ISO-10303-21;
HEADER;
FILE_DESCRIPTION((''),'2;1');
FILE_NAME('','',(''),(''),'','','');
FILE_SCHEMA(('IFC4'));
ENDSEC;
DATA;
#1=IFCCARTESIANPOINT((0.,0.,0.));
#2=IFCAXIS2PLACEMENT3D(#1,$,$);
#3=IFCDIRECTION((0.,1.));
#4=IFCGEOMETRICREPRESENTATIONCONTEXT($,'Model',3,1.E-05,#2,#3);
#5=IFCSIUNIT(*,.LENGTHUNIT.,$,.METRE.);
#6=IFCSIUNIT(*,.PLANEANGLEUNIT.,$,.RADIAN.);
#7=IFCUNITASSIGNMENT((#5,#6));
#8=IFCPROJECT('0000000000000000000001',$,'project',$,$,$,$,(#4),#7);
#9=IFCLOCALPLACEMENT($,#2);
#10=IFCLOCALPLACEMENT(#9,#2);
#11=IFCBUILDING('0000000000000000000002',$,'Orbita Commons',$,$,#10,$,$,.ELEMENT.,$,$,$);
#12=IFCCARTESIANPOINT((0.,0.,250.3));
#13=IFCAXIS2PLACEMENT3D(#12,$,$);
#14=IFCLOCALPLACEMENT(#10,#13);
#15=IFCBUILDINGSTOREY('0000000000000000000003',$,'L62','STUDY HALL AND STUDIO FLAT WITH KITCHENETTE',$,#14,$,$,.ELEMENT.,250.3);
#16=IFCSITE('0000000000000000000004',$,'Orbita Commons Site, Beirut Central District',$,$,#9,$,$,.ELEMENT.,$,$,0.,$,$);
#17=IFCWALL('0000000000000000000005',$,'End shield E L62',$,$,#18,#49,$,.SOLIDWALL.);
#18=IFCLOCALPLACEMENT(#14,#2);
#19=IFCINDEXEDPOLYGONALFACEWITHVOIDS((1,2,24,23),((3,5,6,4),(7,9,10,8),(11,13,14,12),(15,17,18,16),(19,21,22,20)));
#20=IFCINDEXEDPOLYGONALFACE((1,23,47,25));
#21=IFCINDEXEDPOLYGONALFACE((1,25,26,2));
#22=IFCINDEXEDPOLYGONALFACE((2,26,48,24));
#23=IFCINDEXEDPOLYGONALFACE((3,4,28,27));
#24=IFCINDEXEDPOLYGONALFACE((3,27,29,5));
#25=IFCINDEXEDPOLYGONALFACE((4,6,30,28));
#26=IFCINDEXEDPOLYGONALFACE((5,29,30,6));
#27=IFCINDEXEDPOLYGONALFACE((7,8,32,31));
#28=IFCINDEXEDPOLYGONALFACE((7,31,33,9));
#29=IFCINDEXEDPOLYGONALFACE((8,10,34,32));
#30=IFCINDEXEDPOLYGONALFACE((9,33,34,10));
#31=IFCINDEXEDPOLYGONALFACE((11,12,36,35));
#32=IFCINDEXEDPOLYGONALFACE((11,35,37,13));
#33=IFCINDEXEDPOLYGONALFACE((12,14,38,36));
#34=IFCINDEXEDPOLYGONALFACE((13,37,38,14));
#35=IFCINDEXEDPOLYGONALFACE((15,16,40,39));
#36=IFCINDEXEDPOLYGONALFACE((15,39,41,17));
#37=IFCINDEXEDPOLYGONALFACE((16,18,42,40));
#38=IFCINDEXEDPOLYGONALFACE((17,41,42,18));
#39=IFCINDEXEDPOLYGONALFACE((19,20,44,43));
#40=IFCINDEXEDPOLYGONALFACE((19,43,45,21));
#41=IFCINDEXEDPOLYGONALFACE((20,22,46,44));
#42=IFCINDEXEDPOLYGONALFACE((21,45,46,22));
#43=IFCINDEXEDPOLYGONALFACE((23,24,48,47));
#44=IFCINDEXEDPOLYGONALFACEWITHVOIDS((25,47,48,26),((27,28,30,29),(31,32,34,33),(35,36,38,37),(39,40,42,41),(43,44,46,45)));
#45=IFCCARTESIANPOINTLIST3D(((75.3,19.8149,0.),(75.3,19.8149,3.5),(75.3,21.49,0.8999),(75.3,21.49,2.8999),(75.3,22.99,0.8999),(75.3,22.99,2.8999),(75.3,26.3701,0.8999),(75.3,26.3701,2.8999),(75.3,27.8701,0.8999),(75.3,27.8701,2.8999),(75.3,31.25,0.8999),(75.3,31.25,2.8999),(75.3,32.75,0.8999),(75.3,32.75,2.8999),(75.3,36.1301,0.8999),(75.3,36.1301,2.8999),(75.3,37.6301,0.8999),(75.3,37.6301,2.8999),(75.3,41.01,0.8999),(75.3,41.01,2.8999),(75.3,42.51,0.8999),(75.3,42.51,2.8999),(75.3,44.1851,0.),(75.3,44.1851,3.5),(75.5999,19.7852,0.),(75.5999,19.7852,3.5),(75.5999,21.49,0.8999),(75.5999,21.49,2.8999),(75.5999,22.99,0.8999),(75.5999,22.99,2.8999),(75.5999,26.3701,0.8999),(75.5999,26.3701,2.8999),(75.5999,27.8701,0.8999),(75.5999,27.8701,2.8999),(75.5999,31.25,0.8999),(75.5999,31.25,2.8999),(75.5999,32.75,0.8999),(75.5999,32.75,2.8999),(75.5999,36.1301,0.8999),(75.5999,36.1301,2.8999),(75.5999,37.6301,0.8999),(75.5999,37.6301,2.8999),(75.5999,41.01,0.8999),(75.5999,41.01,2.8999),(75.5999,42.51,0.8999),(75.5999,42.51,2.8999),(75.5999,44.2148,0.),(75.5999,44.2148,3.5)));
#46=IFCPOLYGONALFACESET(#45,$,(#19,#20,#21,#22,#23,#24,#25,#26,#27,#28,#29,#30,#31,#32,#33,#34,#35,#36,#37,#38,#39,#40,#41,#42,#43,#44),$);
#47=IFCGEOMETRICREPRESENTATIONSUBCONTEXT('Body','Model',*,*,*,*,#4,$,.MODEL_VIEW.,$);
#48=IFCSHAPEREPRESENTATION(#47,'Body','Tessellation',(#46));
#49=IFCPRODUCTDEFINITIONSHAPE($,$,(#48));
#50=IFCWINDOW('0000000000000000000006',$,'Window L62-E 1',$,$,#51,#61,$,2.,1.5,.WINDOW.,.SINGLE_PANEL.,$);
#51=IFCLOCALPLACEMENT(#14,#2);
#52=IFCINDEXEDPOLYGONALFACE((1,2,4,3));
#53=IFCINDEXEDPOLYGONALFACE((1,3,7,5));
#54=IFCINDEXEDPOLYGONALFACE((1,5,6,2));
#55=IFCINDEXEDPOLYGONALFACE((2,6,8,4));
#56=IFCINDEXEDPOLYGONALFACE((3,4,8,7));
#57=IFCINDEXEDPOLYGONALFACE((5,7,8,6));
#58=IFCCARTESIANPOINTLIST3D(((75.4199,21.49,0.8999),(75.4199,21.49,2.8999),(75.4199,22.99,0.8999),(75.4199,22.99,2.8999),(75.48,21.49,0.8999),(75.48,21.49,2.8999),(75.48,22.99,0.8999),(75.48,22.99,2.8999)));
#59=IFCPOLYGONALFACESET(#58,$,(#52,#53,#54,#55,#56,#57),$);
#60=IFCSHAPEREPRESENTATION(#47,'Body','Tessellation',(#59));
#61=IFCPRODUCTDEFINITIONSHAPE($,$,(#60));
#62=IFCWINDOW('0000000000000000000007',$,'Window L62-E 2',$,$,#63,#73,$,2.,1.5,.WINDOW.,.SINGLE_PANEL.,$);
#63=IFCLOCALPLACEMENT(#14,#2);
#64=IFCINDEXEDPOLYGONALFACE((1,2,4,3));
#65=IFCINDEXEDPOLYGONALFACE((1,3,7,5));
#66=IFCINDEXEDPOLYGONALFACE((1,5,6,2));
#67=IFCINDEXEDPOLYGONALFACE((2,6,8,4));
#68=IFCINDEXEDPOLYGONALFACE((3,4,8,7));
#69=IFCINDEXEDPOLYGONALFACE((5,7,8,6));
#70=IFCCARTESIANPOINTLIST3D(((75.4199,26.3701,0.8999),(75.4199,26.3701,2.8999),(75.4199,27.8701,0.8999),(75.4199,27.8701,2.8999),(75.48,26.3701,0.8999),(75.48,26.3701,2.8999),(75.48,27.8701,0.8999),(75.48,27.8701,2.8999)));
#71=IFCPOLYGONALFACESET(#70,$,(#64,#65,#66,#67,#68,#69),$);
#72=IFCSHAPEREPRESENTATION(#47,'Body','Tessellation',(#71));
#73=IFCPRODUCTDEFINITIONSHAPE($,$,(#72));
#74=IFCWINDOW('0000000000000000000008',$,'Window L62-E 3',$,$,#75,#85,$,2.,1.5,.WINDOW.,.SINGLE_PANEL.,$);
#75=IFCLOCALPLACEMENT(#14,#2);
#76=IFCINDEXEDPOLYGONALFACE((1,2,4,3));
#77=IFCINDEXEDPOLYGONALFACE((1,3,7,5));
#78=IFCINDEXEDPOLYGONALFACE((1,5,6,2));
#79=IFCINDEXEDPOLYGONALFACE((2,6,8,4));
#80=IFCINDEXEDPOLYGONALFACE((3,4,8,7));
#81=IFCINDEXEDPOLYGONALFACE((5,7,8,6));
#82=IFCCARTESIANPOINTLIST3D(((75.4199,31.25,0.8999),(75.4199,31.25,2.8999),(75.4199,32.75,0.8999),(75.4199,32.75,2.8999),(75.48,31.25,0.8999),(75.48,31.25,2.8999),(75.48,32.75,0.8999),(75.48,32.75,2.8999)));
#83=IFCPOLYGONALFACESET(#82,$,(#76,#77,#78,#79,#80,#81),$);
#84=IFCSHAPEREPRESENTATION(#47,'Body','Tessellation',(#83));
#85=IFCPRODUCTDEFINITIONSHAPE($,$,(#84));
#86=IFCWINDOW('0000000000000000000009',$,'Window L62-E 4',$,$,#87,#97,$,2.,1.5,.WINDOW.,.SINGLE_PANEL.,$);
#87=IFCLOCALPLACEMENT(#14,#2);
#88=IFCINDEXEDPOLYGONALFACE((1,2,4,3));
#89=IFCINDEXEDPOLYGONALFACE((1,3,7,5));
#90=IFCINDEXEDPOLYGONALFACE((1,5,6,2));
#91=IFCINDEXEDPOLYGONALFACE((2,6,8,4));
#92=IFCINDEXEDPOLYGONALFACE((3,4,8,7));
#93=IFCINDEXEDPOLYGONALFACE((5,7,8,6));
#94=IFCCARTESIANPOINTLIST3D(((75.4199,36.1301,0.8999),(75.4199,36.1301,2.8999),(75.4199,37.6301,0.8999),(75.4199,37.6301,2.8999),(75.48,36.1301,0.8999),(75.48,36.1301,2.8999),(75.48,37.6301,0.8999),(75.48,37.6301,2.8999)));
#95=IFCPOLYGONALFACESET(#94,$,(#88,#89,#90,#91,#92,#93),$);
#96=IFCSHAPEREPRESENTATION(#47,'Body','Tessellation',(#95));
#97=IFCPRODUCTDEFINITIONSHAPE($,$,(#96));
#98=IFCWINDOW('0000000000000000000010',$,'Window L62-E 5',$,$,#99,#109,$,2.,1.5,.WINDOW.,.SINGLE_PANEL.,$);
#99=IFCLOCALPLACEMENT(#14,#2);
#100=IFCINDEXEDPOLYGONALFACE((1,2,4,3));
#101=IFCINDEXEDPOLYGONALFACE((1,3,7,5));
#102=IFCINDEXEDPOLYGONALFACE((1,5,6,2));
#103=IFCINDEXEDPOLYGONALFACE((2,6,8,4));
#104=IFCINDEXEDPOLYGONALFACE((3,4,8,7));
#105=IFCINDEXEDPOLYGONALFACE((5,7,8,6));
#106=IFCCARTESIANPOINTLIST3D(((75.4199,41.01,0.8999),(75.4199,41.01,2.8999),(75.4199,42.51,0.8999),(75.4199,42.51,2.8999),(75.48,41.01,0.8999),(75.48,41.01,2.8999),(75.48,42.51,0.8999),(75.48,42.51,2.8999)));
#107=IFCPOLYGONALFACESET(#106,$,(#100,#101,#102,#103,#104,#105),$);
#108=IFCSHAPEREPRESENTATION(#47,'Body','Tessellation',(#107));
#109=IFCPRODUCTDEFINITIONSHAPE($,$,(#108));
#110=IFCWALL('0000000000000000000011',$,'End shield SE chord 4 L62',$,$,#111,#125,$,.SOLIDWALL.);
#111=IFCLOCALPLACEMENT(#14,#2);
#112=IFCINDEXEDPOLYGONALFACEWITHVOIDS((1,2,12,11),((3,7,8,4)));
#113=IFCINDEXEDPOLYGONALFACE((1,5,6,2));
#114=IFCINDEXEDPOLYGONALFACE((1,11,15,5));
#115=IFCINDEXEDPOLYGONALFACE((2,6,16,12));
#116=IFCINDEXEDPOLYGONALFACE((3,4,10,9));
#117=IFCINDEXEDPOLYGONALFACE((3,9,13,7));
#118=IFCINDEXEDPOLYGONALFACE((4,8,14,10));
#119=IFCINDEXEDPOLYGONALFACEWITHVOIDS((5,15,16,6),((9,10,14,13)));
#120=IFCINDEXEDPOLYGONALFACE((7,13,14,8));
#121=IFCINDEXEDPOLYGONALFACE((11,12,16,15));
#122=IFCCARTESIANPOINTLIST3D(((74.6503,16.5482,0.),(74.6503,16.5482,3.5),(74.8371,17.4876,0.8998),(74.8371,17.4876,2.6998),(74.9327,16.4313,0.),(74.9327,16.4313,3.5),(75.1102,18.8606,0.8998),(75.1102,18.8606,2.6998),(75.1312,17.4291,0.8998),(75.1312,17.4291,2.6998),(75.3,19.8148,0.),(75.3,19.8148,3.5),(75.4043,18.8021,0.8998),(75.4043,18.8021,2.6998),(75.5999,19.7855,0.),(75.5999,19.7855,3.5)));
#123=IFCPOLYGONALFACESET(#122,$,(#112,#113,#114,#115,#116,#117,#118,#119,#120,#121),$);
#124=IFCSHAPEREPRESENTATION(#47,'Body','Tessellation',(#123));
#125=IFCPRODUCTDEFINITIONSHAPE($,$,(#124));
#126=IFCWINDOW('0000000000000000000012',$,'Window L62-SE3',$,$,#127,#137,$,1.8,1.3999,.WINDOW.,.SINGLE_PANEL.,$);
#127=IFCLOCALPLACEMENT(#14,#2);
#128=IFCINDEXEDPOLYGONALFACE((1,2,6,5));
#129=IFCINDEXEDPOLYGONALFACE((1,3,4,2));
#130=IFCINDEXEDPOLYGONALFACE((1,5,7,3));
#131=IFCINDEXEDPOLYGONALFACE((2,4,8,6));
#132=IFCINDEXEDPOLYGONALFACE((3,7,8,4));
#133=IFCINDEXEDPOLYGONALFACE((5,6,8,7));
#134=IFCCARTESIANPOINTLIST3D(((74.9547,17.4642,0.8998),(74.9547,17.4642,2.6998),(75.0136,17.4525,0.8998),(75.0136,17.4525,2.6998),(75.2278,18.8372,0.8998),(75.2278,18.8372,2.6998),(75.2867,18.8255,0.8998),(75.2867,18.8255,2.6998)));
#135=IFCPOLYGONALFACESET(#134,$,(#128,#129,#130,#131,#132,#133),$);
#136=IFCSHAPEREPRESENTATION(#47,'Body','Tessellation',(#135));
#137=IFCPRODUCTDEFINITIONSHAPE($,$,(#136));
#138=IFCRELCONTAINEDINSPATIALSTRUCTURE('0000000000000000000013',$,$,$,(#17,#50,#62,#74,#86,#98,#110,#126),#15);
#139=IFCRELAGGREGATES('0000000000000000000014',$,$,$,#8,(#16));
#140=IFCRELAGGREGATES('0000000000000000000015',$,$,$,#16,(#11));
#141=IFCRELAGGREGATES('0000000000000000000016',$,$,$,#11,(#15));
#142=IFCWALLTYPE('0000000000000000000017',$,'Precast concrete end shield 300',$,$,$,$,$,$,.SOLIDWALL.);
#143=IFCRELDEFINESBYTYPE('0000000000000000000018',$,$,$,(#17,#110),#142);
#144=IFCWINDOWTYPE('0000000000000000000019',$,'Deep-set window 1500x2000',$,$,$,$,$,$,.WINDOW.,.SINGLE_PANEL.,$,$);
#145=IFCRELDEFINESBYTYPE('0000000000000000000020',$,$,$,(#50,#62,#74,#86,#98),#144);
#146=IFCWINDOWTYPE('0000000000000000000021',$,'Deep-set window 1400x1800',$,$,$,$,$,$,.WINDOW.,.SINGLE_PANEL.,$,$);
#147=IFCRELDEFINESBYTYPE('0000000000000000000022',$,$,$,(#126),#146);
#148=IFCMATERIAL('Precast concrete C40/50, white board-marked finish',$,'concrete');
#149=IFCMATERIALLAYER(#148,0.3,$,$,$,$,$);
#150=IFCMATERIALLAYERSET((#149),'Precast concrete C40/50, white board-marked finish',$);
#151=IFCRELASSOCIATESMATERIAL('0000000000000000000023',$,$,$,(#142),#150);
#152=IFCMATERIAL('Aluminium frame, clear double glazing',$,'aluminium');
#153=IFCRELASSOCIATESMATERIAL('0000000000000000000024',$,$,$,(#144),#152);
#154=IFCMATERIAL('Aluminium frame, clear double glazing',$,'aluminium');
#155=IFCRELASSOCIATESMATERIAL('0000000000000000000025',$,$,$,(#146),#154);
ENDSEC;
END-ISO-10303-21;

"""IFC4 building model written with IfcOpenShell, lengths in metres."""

from ifc_helpers import new_model, si_unit, direction, frame, frame_2d, origin, place, context, subcontext, project, spatial, polyline, rectangle, outline, extrude, material, layer, layer_set, type_object, element, fill, save


model = new_model("IFC4")

# Units and contexts
model_context = context("Model", 3, precision=1e-05, world=origin(), true_north=direction((0.0, 1.0)))
body_context = subcontext(model_context, "Body", "Model", "MODEL_VIEW")
ifc_project = project(units=[si_unit("LENGTHUNIT", "METRE"), si_unit("PLANEANGLEUNIT", "RADIAN")], contexts=[model_context])

# Site, building, storey
site_placement = place(None, origin())
site = spatial("IfcSite", under=ifc_project, at=site_placement, Name="Orbita Commons Site, Beirut Central District", CompositionType="ELEMENT", RefElevation=0.0)
building_placement = place(site_placement, origin())
building = spatial("IfcBuilding", under=site, at=building_placement, Name="Orbita Commons", CompositionType="ELEMENT")
storey_placement = place(building_placement, frame((0.0, 0.0, 250.3)))
storey = spatial("IfcBuildingStorey", under=building, at=storey_placement, Name="L62", Description="STUDY HALL AND STUDIO FLAT WITH KITCHENETTE", CompositionType="ELEMENT", Elevation=250.3)

# Wall, openings, windows
ifc_material_1 = material(Name="Precast concrete C40/50, white board-marked finish", Category="concrete")
ifc_layer_1 = layer(ifc_material_1, 0.3)
ifc_layer_set_1 = layer_set([ifc_layer_1], Name="Precast concrete C40/50, white board-marked finish")
wall_type_1 = type_object("IfcWallType", Name="Precast concrete end shield 300", PredefinedType="SOLIDWALL", material=ifc_layer_set_1)
wall_1_placement = place(storey_placement, frame((75.45, 19.8, 0.0), z_axis=(0.0, 0.0, 1.0), x_axis=(0.0, 1.0, 0.0)))
wall_1 = element("IfcWall", 1, at=wall_1_placement, inside=storey, type_object=wall_type_1, Name="End shield E L62", PredefinedType="SOLIDWALL", context=body_context, shape_type="SweptSolid", body=[
    extrude(outline(polyline([(-0.0149, -0.1499), (24.4148, -0.1499), (24.385, 0.1499), (0.0149, 0.1499), (-0.0149, -0.1499)])), origin(), (0.0, 0.0, 1.0), 3.5),
])
opening_1_placement = place(wall_1_placement, frame((1.6899, 0.0, 0.8999)))
opening_1 = element("IfcOpeningElement", 2, at=opening_1_placement, cuts=wall_1, PredefinedType="OPENING", context=body_context, shape_type="SweptSolid", body=[
    extrude(rectangle(XDim=1.5, YDim=2.0, at=frame_2d((0.75, 1.0))), frame((0.0, 0.1599, 0.0), z_axis=(0.0, -1.0, 0.0), x_axis=(1.0, 0.0, 0.0)), (0.0, 0.0, 1.0), 0.3201),
])
opening_2_placement = place(wall_1_placement, frame((6.5701, 0.0, 0.8999)))
opening_2 = element("IfcOpeningElement", 3, at=opening_2_placement, cuts=wall_1, PredefinedType="OPENING", context=body_context, shape_type="SweptSolid", body=[
    extrude(rectangle(XDim=1.5, YDim=2.0, at=frame_2d((0.75, 1.0))), frame((0.0, 0.1599, 0.0), z_axis=(0.0, -1.0, 0.0), x_axis=(1.0, 0.0, 0.0)), (0.0, 0.0, 1.0), 0.3201),
])
opening_3_placement = place(wall_1_placement, frame((11.45, 0.0, 0.8999)))
opening_3 = element("IfcOpeningElement", 4, at=opening_3_placement, cuts=wall_1, PredefinedType="OPENING", context=body_context, shape_type="SweptSolid", body=[
    extrude(rectangle(XDim=1.5, YDim=2.0, at=frame_2d((0.75, 1.0))), frame((0.0, 0.1599, 0.0), z_axis=(0.0, -1.0, 0.0), x_axis=(1.0, 0.0, 0.0)), (0.0, 0.0, 1.0), 0.3201),
])
opening_4_placement = place(wall_1_placement, frame((16.3301, 0.0, 0.8999)))
opening_4 = element("IfcOpeningElement", 5, at=opening_4_placement, cuts=wall_1, PredefinedType="OPENING", context=body_context, shape_type="SweptSolid", body=[
    extrude(rectangle(XDim=1.5, YDim=2.0, at=frame_2d((0.75, 1.0))), frame((0.0, 0.1599, 0.0), z_axis=(0.0, -1.0, 0.0), x_axis=(1.0, 0.0, 0.0)), (0.0, 0.0, 1.0), 0.3201),
])
opening_5_placement = place(wall_1_placement, frame((21.21, 0.0, 0.8999)))
opening_5 = element("IfcOpeningElement", 6, at=opening_5_placement, cuts=wall_1, PredefinedType="OPENING", context=body_context, shape_type="SweptSolid", body=[
    extrude(rectangle(XDim=1.5, YDim=2.0, at=frame_2d((0.75, 1.0))), frame((0.0, 0.1599, 0.0), z_axis=(0.0, -1.0, 0.0), x_axis=(1.0, 0.0, 0.0)), (0.0, 0.0, 1.0), 0.3201),
])
ifc_material_2 = material(Name="Aluminium frame, clear double glazing", Category="aluminium")
window_type_1 = type_object("IfcWindowType", Name="Deep-set window 1500x2000", PartitioningType="SINGLE_PANEL", PredefinedType="WINDOW", material=ifc_material_2)
window_1_placement = place(opening_1_placement, origin())
window_1 = element("IfcWindow", 7, at=window_1_placement, inside=storey, type_object=window_type_1, Name="Window L62-E 1", OverallHeight=2.0, OverallWidth=1.5, PartitioningType="SINGLE_PANEL", PredefinedType="WINDOW", context=body_context, shape_type="SweptSolid", body=[
    extrude(rectangle(XDim=1.5, YDim=2.0, at=frame_2d((0.75, 1.0))), frame((0.0, 0.03, 0.0), z_axis=(0.0, -1.0, 0.0), x_axis=(1.0, 0.0, 0.0)), (0.0, 0.0, 1.0), 0.0601),
])
fill(opening_1, window_1)
window_2_placement = place(opening_2_placement, origin())
window_2 = element("IfcWindow", 8, at=window_2_placement, inside=storey, type_object=window_type_1, Name="Window L62-E 2", OverallHeight=2.0, OverallWidth=1.5, PartitioningType="SINGLE_PANEL", PredefinedType="WINDOW", context=body_context, shape_type="SweptSolid", body=[
    extrude(rectangle(XDim=1.5, YDim=2.0, at=frame_2d((0.75, 1.0))), frame((0.0, 0.03, 0.0), z_axis=(0.0, -1.0, 0.0), x_axis=(1.0, 0.0, 0.0)), (0.0, 0.0, 1.0), 0.0601),
])
fill(opening_2, window_2)
window_3_placement = place(opening_3_placement, origin())
window_3 = element("IfcWindow", 9, at=window_3_placement, inside=storey, type_object=window_type_1, Name="Window L62-E 3", OverallHeight=2.0, OverallWidth=1.5, PartitioningType="SINGLE_PANEL", PredefinedType="WINDOW", context=body_context, shape_type="SweptSolid", body=[
    extrude(rectangle(XDim=1.5, YDim=2.0, at=frame_2d((0.75, 1.0))), frame((0.0, 0.03, 0.0), z_axis=(0.0, -1.0, 0.0), x_axis=(1.0, 0.0, 0.0)), (0.0, 0.0, 1.0), 0.0601),
])
fill(opening_3, window_3)
window_4_placement = place(opening_4_placement, origin())
window_4 = element("IfcWindow", 10, at=window_4_placement, inside=storey, type_object=window_type_1, Name="Window L62-E 4", OverallHeight=2.0, OverallWidth=1.5, PartitioningType="SINGLE_PANEL", PredefinedType="WINDOW", context=body_context, shape_type="SweptSolid", body=[
    extrude(rectangle(XDim=1.5, YDim=2.0, at=frame_2d((0.75, 1.0))), frame((0.0, 0.03, 0.0), z_axis=(0.0, -1.0, 0.0), x_axis=(1.0, 0.0, 0.0)), (0.0, 0.0, 1.0), 0.0601),
])
fill(opening_4, window_4)
window_5_placement = place(opening_5_placement, origin())
window_5 = element("IfcWindow", 11, at=window_5_placement, inside=storey, type_object=window_type_1, Name="Window L62-E 5", OverallHeight=2.0, OverallWidth=1.5, PartitioningType="SINGLE_PANEL", PredefinedType="WINDOW", context=body_context, shape_type="SweptSolid", body=[
    extrude(rectangle(XDim=1.5, YDim=2.0, at=frame_2d((0.75, 1.0))), frame((0.0, 0.03, 0.0), z_axis=(0.0, -1.0, 0.0), x_axis=(1.0, 0.0, 0.0)), (0.0, 0.0, 1.0), 0.0601),
])
fill(opening_5, window_5)

# Wall, opening, window
wall_2_placement = place(storey_placement, frame((74.7915, 16.4897, 0.0), z_axis=(0.0, 0.0, 1.0), x_axis=(0.195087, 0.980786, 0.0)))
wall_2 = element("IfcWall", 12, at=wall_2_placement, inside=storey, type_object=wall_type_1, Name="End shield SE chord 4 L62", PredefinedType="SOLIDWALL", context=body_context, shape_type="SweptSolid", body=[
    extrude(outline(polyline([(-0.0298, -0.1499), (3.3901, -0.1499), (3.3604, 0.1499), (0.0298, 0.1499), (-0.0298, -0.1499)])), origin(), (0.0, 0.0, 1.0), 3.5),
])
opening_6_placement = place(wall_2_placement, frame((0.9875, 0.0, 0.8999)))
opening_6 = element("IfcOpeningElement", 13, at=opening_6_placement, cuts=wall_2, PredefinedType="OPENING", context=body_context, shape_type="SweptSolid", body=[
    extrude(rectangle(XDim=1.3999, YDim=1.8, at=frame_2d((0.7, 0.8999))), frame((0.0, 0.1599, 0.0), z_axis=(0.0, -1.0, 0.0), x_axis=(1.0, 0.0, 0.0)), (0.0, 0.0, 1.0), 0.3201),
])
ifc_material_3 = material(Name="Aluminium frame, clear double glazing", Category="aluminium")
window_type_2 = type_object("IfcWindowType", Name="Deep-set window 1400x1800", PartitioningType="SINGLE_PANEL", PredefinedType="WINDOW", material=ifc_material_3)
window_6_placement = place(opening_6_placement, origin())
window_6 = element("IfcWindow", 14, at=window_6_placement, inside=storey, type_object=window_type_2, Name="Window L62-SE3", OverallHeight=1.8, OverallWidth=1.3999, PartitioningType="SINGLE_PANEL", PredefinedType="WINDOW", context=body_context, shape_type="SweptSolid", body=[
    extrude(rectangle(XDim=1.3999, YDim=1.8, at=frame_2d((0.7, 0.8999))), frame((0.0, 0.03, 0.0), z_axis=(0.0, -1.0, 0.0), x_axis=(1.0, 0.0, 0.0)), (0.0, 0.0, 1.0), 0.0601),
])
fill(opening_6, window_6)

save(model, "model.ifc")
